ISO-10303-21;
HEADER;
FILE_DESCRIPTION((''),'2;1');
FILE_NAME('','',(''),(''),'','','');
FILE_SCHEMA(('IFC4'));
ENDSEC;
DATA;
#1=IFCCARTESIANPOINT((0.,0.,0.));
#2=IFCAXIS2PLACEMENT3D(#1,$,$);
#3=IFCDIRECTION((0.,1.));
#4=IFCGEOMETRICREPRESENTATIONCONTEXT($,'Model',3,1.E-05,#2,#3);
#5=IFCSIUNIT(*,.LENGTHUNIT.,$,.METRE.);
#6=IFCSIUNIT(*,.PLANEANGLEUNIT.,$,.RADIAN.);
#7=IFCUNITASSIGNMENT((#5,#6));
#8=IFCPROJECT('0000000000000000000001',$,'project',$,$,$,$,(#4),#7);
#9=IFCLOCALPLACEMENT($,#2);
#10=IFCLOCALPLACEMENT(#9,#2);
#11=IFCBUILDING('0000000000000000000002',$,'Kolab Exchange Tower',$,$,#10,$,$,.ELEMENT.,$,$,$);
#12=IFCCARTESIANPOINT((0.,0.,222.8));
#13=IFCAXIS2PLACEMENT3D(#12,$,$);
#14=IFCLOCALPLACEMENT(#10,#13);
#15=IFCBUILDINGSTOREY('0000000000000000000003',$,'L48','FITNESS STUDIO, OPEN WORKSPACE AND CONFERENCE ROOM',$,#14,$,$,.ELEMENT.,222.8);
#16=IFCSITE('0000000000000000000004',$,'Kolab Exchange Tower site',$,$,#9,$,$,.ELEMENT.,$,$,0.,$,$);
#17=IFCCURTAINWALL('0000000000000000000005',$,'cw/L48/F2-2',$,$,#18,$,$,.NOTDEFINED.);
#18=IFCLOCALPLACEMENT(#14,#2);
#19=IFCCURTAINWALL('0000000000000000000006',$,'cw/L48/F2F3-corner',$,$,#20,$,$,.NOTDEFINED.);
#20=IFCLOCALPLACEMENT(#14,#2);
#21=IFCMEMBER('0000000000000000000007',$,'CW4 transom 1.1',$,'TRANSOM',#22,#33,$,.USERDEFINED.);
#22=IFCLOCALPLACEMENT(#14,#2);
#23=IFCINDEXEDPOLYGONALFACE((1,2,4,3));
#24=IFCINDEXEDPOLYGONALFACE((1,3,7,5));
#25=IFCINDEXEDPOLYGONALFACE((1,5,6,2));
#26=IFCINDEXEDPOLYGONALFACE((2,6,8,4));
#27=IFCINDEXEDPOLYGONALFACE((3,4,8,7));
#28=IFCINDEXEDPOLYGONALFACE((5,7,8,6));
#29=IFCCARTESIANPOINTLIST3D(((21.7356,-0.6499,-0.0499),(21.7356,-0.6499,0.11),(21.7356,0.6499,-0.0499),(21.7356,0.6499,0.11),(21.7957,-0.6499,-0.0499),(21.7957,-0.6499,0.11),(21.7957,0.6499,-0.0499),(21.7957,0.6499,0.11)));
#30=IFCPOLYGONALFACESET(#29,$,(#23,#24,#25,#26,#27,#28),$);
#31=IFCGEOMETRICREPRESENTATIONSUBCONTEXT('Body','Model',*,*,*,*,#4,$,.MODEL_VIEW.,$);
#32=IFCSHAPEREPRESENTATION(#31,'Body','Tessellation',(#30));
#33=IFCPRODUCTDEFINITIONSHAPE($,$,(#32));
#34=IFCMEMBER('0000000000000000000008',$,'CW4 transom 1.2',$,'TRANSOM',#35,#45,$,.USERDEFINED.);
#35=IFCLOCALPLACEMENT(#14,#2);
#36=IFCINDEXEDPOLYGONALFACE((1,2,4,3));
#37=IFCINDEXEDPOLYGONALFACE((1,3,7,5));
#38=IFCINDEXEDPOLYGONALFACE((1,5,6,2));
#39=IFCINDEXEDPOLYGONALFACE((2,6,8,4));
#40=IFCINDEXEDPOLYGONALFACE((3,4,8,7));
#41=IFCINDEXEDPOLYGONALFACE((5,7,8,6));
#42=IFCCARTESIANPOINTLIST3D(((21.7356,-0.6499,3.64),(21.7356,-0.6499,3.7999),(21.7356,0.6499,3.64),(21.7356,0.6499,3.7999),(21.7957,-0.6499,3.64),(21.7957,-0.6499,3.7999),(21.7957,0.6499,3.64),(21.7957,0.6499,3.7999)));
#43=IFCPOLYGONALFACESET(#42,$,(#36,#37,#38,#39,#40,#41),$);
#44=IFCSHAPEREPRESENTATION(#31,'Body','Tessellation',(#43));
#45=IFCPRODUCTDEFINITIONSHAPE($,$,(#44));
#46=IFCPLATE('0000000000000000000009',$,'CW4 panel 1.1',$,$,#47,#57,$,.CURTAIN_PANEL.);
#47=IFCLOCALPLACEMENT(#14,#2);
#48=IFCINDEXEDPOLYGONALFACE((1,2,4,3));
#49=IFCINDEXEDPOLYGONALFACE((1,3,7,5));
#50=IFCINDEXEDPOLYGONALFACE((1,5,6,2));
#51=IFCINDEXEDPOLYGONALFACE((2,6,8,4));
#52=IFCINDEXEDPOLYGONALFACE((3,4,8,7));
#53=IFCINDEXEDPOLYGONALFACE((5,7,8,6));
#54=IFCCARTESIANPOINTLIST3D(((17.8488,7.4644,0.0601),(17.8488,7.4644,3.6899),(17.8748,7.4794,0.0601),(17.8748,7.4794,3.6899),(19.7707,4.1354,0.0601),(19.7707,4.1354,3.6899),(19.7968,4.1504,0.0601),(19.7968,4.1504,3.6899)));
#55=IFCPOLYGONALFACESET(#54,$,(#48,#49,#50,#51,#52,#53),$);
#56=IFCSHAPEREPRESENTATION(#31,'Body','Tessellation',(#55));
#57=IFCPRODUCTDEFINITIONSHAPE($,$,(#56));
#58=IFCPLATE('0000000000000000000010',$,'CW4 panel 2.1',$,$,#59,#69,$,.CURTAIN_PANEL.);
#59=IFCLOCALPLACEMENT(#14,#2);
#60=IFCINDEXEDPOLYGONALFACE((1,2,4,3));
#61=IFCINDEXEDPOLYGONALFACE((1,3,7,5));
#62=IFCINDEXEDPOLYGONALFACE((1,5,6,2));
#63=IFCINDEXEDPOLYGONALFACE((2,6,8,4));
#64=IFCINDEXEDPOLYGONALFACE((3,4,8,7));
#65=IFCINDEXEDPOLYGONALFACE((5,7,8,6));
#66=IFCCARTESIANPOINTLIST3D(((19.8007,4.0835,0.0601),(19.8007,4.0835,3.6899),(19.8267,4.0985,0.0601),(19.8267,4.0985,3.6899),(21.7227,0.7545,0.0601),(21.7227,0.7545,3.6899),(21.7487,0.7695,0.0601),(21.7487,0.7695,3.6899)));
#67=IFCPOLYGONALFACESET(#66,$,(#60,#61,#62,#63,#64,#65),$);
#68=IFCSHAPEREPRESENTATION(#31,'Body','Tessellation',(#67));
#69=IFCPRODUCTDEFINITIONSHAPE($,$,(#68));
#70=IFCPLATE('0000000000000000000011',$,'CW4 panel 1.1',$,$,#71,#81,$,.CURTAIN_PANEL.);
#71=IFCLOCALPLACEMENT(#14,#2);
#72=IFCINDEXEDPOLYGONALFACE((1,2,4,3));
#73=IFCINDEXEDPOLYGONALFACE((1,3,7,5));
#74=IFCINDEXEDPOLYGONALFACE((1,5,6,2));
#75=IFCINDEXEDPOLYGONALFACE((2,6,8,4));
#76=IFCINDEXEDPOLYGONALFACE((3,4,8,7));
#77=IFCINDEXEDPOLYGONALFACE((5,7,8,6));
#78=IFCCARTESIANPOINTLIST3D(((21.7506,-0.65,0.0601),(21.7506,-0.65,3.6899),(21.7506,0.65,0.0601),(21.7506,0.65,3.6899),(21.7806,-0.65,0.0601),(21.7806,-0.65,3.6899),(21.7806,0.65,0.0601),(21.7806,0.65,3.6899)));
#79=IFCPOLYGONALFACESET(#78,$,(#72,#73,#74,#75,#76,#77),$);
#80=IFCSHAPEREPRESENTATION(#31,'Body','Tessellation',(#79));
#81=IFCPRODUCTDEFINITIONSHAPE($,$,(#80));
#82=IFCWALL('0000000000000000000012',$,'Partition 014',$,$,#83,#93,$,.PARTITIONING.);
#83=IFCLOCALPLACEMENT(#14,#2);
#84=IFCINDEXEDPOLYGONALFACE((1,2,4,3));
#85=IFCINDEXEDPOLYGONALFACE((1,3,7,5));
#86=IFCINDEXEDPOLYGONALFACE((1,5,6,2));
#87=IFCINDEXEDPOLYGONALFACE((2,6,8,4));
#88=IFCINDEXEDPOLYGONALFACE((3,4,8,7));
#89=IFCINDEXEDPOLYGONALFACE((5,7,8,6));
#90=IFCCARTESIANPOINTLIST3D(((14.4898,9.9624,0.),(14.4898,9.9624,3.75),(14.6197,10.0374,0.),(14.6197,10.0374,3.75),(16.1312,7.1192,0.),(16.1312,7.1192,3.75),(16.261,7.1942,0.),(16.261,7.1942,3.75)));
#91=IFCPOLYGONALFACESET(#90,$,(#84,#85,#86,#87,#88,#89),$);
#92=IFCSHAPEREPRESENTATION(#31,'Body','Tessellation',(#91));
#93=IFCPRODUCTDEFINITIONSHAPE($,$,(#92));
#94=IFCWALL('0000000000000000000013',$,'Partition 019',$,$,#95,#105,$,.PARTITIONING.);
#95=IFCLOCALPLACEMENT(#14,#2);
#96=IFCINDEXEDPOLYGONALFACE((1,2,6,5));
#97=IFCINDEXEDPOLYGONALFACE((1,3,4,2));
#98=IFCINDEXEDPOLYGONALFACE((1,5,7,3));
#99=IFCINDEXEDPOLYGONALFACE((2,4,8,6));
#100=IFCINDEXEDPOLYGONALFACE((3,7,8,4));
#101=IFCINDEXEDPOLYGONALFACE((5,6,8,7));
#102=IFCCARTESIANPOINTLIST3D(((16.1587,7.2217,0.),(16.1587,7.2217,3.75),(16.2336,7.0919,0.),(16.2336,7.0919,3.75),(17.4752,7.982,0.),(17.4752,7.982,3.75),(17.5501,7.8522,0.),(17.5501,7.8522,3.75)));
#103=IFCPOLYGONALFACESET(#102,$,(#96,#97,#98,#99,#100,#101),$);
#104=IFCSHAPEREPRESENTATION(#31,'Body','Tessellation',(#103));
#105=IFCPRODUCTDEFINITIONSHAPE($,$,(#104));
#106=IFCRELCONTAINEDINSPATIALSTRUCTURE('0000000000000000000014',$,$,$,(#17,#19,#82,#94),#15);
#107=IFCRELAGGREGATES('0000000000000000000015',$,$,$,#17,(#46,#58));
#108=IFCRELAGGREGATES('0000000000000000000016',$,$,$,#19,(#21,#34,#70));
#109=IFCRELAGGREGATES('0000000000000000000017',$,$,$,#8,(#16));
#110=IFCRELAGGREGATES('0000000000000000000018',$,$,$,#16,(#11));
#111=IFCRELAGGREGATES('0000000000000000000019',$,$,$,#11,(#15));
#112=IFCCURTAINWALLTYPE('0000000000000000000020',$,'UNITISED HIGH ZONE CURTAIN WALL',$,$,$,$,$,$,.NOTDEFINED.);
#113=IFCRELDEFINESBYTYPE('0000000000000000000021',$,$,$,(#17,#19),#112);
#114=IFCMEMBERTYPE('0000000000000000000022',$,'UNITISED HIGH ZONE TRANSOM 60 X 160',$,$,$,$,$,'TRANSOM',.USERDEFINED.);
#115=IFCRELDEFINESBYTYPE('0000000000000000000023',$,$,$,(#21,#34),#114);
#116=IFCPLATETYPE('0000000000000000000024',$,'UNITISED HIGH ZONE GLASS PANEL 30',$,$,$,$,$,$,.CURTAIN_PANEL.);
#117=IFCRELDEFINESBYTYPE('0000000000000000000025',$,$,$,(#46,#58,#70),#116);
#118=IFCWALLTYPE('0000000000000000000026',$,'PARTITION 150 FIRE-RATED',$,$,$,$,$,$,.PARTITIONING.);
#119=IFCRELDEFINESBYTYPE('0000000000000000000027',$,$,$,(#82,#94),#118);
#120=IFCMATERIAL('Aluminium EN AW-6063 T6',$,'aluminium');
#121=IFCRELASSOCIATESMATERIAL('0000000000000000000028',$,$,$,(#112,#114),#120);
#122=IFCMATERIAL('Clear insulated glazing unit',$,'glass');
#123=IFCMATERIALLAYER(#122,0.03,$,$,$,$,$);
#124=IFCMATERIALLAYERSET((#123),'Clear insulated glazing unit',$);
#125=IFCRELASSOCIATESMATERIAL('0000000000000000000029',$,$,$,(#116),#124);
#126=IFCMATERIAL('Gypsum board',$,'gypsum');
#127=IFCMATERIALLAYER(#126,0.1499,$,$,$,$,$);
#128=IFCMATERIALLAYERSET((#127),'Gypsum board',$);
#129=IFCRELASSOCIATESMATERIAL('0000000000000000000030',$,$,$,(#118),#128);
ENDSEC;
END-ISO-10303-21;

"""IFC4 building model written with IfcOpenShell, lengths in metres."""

from ifc_helpers import new_model, si_unit, direction, frame, frame_2d, origin, origin_2d, place, context, subcontext, project, spatial, rectangle, extrude, material, layer, layer_set, material_profile, profile_set, type_object, element, aggregate, save


model = new_model("IFC4")

# Units and contexts
model_context = context("Model", 3, precision=1e-05, world=origin(), true_north=direction((0.0, 1.0)))
body_context = subcontext(model_context, "Body", "Model", "MODEL_VIEW")
ifc_project = project(units=[si_unit("LENGTHUNIT", "METRE"), si_unit("PLANEANGLEUNIT", "RADIAN")], contexts=[model_context])

# Site, building, storey
site_placement = place(None, origin())
site = spatial("IfcSite", under=ifc_project, at=site_placement, Name="Kolab Exchange Tower site", CompositionType="ELEMENT", RefElevation=0.0)
building_placement = place(site_placement, origin())
building = spatial("IfcBuilding", under=site, at=building_placement, Name="Kolab Exchange Tower", CompositionType="ELEMENT")
storey_placement = place(building_placement, frame((0.0, 0.0, 222.8)))
storey = spatial("IfcBuildingStorey", under=building, at=storey_placement, Name="L48", Description="FITNESS STUDIO, OPEN WORKSPACE AND CONFERENCE ROOM", CompositionType="ELEMENT", Elevation=222.8)

# Curtain wall
ifc_material_1 = material(Name="Aluminium EN AW-6063 T6", Category="aluminium")
curtain_wall_type = type_object("IfcCurtainWallType", Name="UNITISED HIGH ZONE CURTAIN WALL", PredefinedType="NOTDEFINED", material=ifc_material_1)
curtain_wall_1_placement = place(storey_placement, origin())
curtain_wall_1 = element("IfcCurtainWall", 1, at=curtain_wall_1_placement, inside=storey, type_object=curtain_wall_type, Name="cw/L48/F2-2", PredefinedType="NOTDEFINED")

# Curtain wall
curtain_wall_2_placement = place(storey_placement, origin())
curtain_wall_2 = element("IfcCurtainWall", 2, at=curtain_wall_2_placement, inside=storey, type_object=curtain_wall_type, Name="cw/L48/F2F3-corner", PredefinedType="NOTDEFINED")

# Members
ifc_material_profile_1 = material_profile(ifc_material_1, rectangle(XDim=0.0601, YDim=0.1599, at=origin_2d()), Name="RECT 60X160")
ifc_profile_set_1 = profile_set([ifc_material_profile_1], Name="Aluminium EN AW-6063 T6")
member_type_1 = type_object("IfcMemberType", Name="UNITISED HIGH ZONE TRANSOM 60 X 160", ElementType="TRANSOM", PredefinedType="USERDEFINED", material=ifc_profile_set_1)
member_1_placement = place(storey_placement, frame((21.7656, 0.6499, 0.03), z_axis=(0.0, -1.0, 0.0), x_axis=(1.0, 0.0, 0.0)))
member_1 = element("IfcMember", 3, at=member_1_placement, type_object=member_type_1, Name="CW4 transom 1.1", ObjectType="TRANSOM", PredefinedType="USERDEFINED", context=body_context, shape_type="SweptSolid", body=[
    extrude(rectangle(XDim=0.0601, YDim=0.1599, at=origin_2d()), origin(), (0.0, 0.0, 1.0), 1.2998),
])
member_2_placement = place(storey_placement, frame((21.7656, 0.6499, 3.72), z_axis=(0.0, -1.0, 0.0), x_axis=(1.0, 0.0, 0.0)))
member_2 = element("IfcMember", 4, at=member_2_placement, type_object=member_type_1, Name="CW4 transom 1.2", ObjectType="TRANSOM", PredefinedType="USERDEFINED", context=body_context, shape_type="SweptSolid", body=[
    extrude(rectangle(XDim=0.0601, YDim=0.1599, at=origin_2d()), origin(), (0.0, 0.0, 1.0), 1.2998),
])

# Plates
ifc_material_2 = material(Name="Clear insulated glazing unit", Category="glass")
ifc_layer_1 = layer(ifc_material_2, 0.03)
ifc_layer_set_1 = layer_set([ifc_layer_1], Name="Clear insulated glazing unit")
plate_type = type_object("IfcPlateType", Name="UNITISED HIGH ZONE GLASS PANEL 30", PredefinedType="CURTAIN_PANEL", material=ifc_layer_set_1)
plate_1_placement = place(storey_placement, frame((18.8228, 5.8074, 0.0601), z_axis=(0.0, 0.0, 1.0), x_axis=(0.5, -0.866025, 0.0)))
plate_1 = element("IfcPlate", 5, at=plate_1_placement, type_object=plate_type, Name="CW4 panel 1.1", PredefinedType="CURTAIN_PANEL", context=body_context, shape_type="SweptSolid", body=[
    extrude(rectangle(XDim=3.844, YDim=0.03, at=origin_2d()), origin(), (0.0, 0.0, 1.0), 3.6299),
])
plate_2_placement = place(storey_placement, frame((20.7747, 2.4265, 0.0601), z_axis=(0.0, 0.0, 1.0), x_axis=(0.5, -0.866025, 0.0)))
plate_2 = element("IfcPlate", 6, at=plate_2_placement, type_object=plate_type, Name="CW4 panel 2.1", PredefinedType="CURTAIN_PANEL", context=body_context, shape_type="SweptSolid", body=[
    extrude(rectangle(XDim=3.844, YDim=0.03, at=origin_2d()), origin(), (0.0, 0.0, 1.0), 3.6299),
])
aggregate(curtain_wall_1, [plate_1, plate_2])
plate_3_placement = place(storey_placement, frame((21.7656, 0.0, 0.0601), z_axis=(0.0, 0.0, 1.0), x_axis=(0.0, -1.0, 0.0)))
plate_3 = element("IfcPlate", 7, at=plate_3_placement, type_object=plate_type, Name="CW4 panel 1.1", PredefinedType="CURTAIN_PANEL", context=body_context, shape_type="SweptSolid", body=[
    extrude(rectangle(XDim=1.3, YDim=0.03, at=origin_2d()), origin(), (0.0, 0.0, 1.0), 3.6299),
])
aggregate(curtain_wall_2, [member_1, member_2, plate_3])

# Walls
ifc_material_3 = material(Name="Gypsum board", Category="gypsum")
ifc_layer_2 = layer(ifc_material_3, 0.1499)
ifc_layer_set_2 = layer_set([ifc_layer_2], Name="Gypsum board")
wall_type = type_object("IfcWallType", Name="PARTITION 150 FIRE-RATED", PredefinedType="PARTITIONING", material=ifc_layer_set_2)
wall_1_placement = place(storey_placement, frame((14.5547, 10.0, 0.0), z_axis=(0.0, 0.0, 1.0), x_axis=(0.499954, -0.866052, 0.0)))
element("IfcWall", 8, at=wall_1_placement, inside=storey, type_object=wall_type, Name="Partition 014", PredefinedType="PARTITIONING", context=body_context, shape_type="SweptSolid", body=[
    extrude(rectangle(XDim=3.283, YDim=0.1499, at=frame_2d((1.6416, 0.0))), origin(), (0.0, 0.0, 1.0), 3.75),
])
wall_2_placement = place(storey_placement, frame((16.196, 7.1567, 0.0), z_axis=(0.0, 0.0, 1.0), x_axis=(0.865961, 0.500112, 0.0)))
element("IfcWall", 9, at=wall_2_placement, inside=storey, type_object=wall_type, Name="Partition 019", PredefinedType="PARTITIONING", context=body_context, shape_type="SweptSolid", body=[
    extrude(rectangle(XDim=1.5203, YDim=0.1499, at=frame_2d((0.7603, 0.0))), origin(), (0.0, 0.0, 1.0), 3.75),
])

save(model, "model.ifc")
